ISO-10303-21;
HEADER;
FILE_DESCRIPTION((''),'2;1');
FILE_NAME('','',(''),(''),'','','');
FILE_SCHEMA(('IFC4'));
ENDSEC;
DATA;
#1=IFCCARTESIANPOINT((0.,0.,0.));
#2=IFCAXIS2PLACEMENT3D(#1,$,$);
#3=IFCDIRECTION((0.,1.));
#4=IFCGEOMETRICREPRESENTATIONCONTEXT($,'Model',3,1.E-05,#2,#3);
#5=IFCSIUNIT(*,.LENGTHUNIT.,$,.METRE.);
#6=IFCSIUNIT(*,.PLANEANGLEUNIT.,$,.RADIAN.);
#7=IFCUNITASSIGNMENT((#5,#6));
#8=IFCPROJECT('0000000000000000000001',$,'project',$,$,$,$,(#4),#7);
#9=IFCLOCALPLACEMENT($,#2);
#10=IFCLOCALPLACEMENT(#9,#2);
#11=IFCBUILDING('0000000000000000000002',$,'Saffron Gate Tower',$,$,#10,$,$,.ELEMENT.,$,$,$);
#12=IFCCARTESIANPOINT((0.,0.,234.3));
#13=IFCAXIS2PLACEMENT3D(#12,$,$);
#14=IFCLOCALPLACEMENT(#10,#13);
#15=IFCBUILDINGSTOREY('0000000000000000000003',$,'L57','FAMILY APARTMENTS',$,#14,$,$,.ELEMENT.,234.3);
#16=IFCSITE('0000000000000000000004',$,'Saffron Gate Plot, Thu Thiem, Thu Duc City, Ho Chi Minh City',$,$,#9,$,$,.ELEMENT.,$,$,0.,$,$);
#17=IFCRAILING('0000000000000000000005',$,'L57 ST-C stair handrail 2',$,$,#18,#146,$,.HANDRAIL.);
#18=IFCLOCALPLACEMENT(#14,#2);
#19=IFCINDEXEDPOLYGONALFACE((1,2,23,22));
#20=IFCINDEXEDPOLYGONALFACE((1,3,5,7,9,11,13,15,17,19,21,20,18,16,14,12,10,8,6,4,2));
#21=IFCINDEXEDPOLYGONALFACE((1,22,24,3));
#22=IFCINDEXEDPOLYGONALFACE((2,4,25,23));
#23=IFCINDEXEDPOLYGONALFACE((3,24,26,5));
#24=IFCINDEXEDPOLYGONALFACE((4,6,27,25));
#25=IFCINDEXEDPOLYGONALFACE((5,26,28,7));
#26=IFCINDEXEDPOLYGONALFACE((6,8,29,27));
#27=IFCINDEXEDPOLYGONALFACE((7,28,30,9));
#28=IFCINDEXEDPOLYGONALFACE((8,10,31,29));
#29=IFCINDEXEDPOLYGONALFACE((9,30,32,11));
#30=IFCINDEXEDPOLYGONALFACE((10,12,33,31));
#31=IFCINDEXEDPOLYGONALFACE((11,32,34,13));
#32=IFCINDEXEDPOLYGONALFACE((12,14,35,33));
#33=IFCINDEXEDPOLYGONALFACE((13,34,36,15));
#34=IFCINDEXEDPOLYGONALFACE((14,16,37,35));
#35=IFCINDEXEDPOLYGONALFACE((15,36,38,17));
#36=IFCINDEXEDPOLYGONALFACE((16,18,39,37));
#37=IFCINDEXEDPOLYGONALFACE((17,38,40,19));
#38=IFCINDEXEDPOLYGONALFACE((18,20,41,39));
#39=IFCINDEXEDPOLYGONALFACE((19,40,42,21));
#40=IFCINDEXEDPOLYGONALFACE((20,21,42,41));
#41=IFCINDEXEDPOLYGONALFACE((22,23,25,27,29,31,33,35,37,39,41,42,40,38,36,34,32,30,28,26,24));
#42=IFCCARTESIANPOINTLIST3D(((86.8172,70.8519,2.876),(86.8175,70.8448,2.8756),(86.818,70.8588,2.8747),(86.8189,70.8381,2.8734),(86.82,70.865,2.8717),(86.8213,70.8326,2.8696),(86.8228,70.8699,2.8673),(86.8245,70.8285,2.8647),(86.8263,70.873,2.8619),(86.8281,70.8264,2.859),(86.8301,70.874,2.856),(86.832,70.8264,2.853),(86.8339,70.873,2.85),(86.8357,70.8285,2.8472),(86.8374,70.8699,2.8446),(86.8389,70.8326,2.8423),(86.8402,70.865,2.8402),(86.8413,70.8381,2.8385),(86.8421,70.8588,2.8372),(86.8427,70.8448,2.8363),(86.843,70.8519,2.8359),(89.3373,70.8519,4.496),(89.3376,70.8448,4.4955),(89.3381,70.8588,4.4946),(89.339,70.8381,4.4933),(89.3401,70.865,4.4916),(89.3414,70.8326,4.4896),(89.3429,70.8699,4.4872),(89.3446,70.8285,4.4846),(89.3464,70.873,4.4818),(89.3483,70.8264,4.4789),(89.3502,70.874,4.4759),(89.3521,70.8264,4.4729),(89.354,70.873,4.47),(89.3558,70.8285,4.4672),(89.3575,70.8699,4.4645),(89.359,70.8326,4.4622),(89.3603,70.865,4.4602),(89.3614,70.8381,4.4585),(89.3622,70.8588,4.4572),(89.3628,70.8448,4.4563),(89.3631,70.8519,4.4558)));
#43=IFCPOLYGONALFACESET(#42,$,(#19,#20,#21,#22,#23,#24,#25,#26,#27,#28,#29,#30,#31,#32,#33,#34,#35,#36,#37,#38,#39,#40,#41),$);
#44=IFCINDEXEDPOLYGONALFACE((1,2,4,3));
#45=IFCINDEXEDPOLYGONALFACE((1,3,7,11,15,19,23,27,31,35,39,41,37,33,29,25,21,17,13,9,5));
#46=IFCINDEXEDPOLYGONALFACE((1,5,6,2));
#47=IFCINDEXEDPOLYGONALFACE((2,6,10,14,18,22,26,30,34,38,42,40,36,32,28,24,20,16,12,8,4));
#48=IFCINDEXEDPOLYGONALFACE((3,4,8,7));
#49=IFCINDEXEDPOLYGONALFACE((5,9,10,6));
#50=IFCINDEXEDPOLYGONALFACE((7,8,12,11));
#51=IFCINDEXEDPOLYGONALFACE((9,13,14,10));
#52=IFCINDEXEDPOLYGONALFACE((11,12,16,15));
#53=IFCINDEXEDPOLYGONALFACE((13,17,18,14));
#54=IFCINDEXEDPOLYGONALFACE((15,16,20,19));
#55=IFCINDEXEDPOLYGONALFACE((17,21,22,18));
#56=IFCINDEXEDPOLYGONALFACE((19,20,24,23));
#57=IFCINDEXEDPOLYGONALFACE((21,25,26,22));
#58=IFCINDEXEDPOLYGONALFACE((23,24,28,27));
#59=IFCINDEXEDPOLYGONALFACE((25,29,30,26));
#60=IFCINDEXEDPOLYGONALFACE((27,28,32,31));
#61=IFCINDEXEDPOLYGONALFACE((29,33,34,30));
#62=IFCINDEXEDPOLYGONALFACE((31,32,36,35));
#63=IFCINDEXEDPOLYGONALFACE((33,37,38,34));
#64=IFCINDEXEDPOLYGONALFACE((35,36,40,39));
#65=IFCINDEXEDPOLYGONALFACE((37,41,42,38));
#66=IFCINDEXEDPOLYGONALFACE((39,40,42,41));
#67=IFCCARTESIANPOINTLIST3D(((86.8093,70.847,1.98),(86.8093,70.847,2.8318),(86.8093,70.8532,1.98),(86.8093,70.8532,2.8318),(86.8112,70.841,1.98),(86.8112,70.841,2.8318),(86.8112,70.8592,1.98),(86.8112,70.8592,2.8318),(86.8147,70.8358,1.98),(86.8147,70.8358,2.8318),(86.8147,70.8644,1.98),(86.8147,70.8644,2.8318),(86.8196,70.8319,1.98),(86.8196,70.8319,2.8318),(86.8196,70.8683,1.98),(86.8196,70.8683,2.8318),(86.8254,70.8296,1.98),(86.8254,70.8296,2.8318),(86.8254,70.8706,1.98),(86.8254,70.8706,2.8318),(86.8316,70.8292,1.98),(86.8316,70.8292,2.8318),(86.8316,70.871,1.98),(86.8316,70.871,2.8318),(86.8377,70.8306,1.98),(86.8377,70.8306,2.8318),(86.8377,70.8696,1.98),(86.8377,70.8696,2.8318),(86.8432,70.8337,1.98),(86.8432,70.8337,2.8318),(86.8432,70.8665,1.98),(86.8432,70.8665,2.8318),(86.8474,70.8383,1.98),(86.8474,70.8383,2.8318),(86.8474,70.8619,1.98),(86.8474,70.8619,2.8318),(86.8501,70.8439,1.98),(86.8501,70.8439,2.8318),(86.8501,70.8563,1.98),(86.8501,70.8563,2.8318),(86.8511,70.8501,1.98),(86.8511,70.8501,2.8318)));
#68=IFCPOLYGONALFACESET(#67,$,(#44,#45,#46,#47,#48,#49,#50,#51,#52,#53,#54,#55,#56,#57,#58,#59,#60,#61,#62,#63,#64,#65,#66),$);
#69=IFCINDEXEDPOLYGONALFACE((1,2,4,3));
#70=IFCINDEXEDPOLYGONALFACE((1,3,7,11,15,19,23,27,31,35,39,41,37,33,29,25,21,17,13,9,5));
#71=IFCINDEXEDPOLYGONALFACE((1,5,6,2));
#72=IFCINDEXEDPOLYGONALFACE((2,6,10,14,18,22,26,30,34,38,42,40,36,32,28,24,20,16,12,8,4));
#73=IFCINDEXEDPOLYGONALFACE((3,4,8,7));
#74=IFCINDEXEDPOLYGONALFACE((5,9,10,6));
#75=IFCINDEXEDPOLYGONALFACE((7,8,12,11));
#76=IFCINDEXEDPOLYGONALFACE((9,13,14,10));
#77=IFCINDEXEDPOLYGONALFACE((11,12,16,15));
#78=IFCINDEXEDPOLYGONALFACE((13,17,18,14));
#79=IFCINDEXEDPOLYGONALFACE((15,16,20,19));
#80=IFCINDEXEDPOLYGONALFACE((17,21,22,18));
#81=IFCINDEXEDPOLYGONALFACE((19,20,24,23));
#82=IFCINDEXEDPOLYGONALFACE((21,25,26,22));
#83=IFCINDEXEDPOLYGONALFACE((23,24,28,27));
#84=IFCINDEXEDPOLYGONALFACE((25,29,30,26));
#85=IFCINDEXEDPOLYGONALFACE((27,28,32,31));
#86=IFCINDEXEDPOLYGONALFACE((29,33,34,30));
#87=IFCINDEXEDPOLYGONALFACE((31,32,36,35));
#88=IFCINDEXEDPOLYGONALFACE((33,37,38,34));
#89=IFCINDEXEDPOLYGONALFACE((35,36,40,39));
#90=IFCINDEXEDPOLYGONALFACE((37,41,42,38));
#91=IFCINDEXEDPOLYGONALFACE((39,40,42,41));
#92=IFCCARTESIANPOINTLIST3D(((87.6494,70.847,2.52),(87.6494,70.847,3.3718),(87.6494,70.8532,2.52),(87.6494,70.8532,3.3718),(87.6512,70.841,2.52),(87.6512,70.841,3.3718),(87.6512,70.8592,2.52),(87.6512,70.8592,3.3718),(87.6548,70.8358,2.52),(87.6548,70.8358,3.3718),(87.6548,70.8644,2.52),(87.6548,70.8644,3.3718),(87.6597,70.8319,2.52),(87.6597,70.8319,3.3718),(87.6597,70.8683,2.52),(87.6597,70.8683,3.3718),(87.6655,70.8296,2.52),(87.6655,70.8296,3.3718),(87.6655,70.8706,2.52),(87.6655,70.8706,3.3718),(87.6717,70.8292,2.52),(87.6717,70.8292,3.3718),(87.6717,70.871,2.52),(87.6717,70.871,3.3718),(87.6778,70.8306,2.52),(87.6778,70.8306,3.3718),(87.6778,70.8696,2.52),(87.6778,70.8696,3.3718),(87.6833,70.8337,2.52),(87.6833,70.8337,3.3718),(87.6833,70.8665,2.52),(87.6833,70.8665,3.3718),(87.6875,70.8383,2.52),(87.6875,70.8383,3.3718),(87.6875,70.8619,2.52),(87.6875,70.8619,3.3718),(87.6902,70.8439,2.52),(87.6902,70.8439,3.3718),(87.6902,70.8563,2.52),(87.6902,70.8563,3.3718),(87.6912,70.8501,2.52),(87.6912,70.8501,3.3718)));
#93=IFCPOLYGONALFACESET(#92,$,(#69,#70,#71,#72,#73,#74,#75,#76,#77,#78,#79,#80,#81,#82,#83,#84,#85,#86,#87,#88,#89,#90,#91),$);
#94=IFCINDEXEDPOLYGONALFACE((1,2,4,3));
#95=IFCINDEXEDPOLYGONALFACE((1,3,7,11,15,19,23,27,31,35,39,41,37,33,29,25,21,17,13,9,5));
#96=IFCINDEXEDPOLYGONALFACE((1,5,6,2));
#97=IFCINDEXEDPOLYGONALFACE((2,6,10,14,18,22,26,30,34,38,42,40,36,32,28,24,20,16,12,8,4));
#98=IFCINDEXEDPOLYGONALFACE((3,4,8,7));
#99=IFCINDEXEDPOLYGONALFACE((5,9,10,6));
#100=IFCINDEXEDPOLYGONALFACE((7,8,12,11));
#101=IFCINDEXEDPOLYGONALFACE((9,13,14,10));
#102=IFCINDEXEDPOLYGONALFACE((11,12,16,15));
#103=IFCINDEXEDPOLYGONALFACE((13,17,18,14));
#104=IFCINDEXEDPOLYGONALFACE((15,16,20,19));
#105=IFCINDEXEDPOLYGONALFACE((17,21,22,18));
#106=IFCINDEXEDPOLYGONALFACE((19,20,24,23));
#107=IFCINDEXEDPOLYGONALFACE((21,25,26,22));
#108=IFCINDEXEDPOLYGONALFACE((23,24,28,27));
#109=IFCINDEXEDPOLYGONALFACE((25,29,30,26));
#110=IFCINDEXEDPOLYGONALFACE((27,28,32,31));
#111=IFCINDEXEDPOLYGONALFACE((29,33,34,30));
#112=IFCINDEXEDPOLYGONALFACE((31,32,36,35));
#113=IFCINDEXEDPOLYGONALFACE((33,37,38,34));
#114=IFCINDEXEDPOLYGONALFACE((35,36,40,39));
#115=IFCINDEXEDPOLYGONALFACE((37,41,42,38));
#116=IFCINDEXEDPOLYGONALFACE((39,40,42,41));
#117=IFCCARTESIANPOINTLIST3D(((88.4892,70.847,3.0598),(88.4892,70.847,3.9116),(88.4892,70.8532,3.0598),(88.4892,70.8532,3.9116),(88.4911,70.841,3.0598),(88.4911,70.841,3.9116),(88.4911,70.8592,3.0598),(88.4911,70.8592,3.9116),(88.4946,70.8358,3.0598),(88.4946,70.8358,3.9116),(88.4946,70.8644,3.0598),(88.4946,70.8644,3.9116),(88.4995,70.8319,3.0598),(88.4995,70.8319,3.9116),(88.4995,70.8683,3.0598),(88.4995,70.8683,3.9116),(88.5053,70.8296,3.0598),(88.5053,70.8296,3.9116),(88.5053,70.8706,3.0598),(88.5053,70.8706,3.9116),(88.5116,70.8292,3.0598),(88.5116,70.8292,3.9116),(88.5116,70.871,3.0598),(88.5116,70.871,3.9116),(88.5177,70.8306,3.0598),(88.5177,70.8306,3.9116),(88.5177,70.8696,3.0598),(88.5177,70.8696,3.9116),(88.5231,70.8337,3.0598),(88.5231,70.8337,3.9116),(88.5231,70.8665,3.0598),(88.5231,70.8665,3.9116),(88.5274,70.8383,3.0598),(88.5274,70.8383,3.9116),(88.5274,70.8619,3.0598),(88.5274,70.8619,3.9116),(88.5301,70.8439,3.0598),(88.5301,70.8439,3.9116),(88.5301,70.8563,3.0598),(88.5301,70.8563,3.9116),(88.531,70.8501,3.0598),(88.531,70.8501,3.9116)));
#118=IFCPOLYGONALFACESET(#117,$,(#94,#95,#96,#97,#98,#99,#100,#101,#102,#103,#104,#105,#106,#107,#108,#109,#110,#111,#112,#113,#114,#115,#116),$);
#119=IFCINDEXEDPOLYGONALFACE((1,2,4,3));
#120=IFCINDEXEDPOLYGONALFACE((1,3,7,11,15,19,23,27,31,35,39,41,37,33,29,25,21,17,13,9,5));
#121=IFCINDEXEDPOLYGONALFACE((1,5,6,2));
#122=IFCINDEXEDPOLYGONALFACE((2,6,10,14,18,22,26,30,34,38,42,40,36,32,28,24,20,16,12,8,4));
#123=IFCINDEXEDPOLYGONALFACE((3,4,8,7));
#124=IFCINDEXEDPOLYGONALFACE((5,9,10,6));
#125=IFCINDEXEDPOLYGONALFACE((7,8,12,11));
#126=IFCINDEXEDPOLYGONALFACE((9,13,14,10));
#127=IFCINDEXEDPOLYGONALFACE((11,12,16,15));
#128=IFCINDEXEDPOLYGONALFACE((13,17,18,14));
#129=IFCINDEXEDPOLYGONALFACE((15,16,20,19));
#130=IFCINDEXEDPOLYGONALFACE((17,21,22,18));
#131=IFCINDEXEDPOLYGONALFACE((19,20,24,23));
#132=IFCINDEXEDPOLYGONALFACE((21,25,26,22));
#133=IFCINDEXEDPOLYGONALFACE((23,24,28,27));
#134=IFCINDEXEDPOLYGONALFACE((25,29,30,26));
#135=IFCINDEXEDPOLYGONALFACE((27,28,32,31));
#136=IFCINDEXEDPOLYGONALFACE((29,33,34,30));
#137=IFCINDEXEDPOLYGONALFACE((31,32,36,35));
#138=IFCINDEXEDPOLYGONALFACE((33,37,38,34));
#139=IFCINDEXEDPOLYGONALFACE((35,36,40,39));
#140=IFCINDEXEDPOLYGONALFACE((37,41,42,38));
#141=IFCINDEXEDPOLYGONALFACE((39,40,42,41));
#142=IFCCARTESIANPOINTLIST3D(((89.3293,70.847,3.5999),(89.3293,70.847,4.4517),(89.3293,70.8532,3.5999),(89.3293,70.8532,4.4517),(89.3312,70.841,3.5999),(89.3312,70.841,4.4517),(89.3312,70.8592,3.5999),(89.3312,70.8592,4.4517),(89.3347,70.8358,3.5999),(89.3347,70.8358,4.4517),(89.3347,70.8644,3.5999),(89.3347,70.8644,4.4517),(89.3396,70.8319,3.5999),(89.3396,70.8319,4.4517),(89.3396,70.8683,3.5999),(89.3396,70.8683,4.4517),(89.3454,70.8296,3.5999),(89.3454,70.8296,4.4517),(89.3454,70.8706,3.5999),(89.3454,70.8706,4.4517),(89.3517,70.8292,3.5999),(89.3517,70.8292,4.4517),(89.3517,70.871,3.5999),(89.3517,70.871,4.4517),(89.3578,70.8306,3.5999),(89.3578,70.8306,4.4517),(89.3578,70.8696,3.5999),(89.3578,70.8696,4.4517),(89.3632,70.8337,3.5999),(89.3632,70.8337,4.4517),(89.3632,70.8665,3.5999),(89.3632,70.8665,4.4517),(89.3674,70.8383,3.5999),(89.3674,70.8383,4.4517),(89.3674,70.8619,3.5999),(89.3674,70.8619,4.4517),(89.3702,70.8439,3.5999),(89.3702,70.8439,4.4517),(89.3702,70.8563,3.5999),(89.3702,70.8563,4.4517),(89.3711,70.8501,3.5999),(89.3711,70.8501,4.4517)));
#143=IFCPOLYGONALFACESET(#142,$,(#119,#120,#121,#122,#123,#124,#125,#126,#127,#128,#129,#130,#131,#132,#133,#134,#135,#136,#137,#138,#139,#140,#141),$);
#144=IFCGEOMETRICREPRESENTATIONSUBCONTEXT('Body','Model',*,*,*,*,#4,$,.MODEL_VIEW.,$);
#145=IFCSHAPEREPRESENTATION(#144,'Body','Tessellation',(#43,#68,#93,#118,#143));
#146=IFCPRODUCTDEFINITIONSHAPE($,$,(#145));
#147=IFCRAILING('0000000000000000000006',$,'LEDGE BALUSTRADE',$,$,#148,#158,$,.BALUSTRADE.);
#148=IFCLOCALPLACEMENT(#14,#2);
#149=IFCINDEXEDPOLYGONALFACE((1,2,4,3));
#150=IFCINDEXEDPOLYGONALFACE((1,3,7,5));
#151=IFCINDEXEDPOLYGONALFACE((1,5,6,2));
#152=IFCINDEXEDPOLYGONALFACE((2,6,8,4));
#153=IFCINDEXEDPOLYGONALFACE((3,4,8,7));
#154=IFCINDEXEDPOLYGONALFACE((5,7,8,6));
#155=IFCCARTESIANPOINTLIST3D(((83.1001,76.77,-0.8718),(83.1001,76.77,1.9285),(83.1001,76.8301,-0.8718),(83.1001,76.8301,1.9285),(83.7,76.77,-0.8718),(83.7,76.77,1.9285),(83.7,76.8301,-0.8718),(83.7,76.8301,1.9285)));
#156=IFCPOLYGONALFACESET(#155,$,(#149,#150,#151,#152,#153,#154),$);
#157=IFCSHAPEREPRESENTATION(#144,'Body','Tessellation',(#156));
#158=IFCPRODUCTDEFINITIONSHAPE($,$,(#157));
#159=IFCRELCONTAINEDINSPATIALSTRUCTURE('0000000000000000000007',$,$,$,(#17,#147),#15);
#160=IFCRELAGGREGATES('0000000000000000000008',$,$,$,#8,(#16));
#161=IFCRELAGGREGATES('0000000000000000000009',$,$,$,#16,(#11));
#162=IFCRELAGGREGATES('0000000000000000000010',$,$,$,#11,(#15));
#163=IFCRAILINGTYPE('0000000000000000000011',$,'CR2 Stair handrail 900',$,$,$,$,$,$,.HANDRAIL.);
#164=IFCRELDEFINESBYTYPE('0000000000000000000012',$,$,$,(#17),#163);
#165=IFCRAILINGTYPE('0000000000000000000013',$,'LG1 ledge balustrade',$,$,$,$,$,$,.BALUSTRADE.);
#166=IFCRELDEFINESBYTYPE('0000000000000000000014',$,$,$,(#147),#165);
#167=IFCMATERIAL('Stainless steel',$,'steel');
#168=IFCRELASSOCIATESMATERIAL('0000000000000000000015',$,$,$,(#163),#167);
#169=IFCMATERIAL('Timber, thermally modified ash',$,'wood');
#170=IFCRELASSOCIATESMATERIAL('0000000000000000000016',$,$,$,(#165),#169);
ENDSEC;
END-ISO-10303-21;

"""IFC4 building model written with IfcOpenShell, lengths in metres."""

from ifc_helpers import new_model, si_unit, direction, frame, origin, origin_2d, place, context, subcontext, project, spatial, rectangle, circle, extrude, material, type_object, element, save


model = new_model("IFC4")

# Units and contexts
model_context = context("Model", 3, precision=1e-05, world=origin(), true_north=direction((0.0, 1.0)))
body_context = subcontext(model_context, "Body", "Model", "MODEL_VIEW")
ifc_project = project(units=[si_unit("LENGTHUNIT", "METRE"), si_unit("PLANEANGLEUNIT", "RADIAN")], contexts=[model_context])

# Site, building, storey
site_placement = place(None, origin())
site = spatial("IfcSite", under=ifc_project, at=site_placement, Name="Saffron Gate Plot, Thu Thiem, Thu Duc City, Ho Chi Minh City", CompositionType="ELEMENT", RefElevation=0.0)
building_placement = place(site_placement, origin())
building = spatial("IfcBuilding", under=site, at=building_placement, Name="Saffron Gate Tower", CompositionType="ELEMENT")
storey_placement = place(building_placement, frame((0.0, 0.0, 234.3)))
storey = spatial("IfcBuildingStorey", under=building, at=storey_placement, Name="L57", Description="FAMILY APARTMENTS", CompositionType="ELEMENT", Elevation=234.3)

# Railings
ifc_material_1 = material(Name="Stainless steel", Category="steel")
railing_type_1 = type_object("IfcRailingType", Name="CR2 Stair handrail 900", PredefinedType="HANDRAIL", material=ifc_material_1)
railing_1_placement = place(storey_placement, frame((86.8301, 70.8501, 1.98)))
element("IfcRailing", 1, at=railing_1_placement, inside=storey, type_object=railing_type_1, Name="L57 ST-C stair handrail 2", PredefinedType="HANDRAIL", context=body_context, shape_type="SweptSolid", body=[
    extrude(circle(Radius=0.0239, at=origin_2d()), frame((0.0, 0.0, 0.876), z_axis=(0.8412, 0.0, 0.540725), x_axis=(0.0, 1.0, 0.0)), (0.0, 0.0, 1.0), 2.9958),
    extrude(circle(Radius=0.021, at=origin_2d()), origin(), (0.0, 0.0, 1.0), 0.8518),
    extrude(circle(Radius=0.021, at=origin_2d()), frame((0.8401, 0.0, 0.54)), (0.0, 0.0, 1.0), 0.8518),
    extrude(circle(Radius=0.021, at=origin_2d()), frame((1.6799, 0.0, 1.0798)), (0.0, 0.0, 1.0), 0.8518),
    extrude(circle(Radius=0.021, at=origin_2d()), frame((2.52, 0.0, 1.6199)), (0.0, 0.0, 1.0), 0.8518),
])
ifc_material_2 = material(Name="Timber, thermally modified ash", Category="wood")
railing_type_2 = type_object("IfcRailingType", Name="LG1 ledge balustrade", PredefinedType="BALUSTRADE", material=ifc_material_2)
railing_2_placement = place(storey_placement, frame((83.7, 76.8, -0.8718)))
element("IfcRailing", 2, at=railing_2_placement, inside=storey, type_object=railing_type_2, Name="LEDGE BALUSTRADE", PredefinedType="BALUSTRADE", context=body_context, shape_type="SweptSolid", body=[
    extrude(rectangle(XDim=0.0601, YDim=2.8003, at=origin_2d()), frame((0.0, 0.0, 1.4001), z_axis=(-1.0, 0.0, 0.0), x_axis=(0.0, -1.0, 0.0)), (0.0, 0.0, 1.0), 0.5999),
])

save(model, "model.ifc")
